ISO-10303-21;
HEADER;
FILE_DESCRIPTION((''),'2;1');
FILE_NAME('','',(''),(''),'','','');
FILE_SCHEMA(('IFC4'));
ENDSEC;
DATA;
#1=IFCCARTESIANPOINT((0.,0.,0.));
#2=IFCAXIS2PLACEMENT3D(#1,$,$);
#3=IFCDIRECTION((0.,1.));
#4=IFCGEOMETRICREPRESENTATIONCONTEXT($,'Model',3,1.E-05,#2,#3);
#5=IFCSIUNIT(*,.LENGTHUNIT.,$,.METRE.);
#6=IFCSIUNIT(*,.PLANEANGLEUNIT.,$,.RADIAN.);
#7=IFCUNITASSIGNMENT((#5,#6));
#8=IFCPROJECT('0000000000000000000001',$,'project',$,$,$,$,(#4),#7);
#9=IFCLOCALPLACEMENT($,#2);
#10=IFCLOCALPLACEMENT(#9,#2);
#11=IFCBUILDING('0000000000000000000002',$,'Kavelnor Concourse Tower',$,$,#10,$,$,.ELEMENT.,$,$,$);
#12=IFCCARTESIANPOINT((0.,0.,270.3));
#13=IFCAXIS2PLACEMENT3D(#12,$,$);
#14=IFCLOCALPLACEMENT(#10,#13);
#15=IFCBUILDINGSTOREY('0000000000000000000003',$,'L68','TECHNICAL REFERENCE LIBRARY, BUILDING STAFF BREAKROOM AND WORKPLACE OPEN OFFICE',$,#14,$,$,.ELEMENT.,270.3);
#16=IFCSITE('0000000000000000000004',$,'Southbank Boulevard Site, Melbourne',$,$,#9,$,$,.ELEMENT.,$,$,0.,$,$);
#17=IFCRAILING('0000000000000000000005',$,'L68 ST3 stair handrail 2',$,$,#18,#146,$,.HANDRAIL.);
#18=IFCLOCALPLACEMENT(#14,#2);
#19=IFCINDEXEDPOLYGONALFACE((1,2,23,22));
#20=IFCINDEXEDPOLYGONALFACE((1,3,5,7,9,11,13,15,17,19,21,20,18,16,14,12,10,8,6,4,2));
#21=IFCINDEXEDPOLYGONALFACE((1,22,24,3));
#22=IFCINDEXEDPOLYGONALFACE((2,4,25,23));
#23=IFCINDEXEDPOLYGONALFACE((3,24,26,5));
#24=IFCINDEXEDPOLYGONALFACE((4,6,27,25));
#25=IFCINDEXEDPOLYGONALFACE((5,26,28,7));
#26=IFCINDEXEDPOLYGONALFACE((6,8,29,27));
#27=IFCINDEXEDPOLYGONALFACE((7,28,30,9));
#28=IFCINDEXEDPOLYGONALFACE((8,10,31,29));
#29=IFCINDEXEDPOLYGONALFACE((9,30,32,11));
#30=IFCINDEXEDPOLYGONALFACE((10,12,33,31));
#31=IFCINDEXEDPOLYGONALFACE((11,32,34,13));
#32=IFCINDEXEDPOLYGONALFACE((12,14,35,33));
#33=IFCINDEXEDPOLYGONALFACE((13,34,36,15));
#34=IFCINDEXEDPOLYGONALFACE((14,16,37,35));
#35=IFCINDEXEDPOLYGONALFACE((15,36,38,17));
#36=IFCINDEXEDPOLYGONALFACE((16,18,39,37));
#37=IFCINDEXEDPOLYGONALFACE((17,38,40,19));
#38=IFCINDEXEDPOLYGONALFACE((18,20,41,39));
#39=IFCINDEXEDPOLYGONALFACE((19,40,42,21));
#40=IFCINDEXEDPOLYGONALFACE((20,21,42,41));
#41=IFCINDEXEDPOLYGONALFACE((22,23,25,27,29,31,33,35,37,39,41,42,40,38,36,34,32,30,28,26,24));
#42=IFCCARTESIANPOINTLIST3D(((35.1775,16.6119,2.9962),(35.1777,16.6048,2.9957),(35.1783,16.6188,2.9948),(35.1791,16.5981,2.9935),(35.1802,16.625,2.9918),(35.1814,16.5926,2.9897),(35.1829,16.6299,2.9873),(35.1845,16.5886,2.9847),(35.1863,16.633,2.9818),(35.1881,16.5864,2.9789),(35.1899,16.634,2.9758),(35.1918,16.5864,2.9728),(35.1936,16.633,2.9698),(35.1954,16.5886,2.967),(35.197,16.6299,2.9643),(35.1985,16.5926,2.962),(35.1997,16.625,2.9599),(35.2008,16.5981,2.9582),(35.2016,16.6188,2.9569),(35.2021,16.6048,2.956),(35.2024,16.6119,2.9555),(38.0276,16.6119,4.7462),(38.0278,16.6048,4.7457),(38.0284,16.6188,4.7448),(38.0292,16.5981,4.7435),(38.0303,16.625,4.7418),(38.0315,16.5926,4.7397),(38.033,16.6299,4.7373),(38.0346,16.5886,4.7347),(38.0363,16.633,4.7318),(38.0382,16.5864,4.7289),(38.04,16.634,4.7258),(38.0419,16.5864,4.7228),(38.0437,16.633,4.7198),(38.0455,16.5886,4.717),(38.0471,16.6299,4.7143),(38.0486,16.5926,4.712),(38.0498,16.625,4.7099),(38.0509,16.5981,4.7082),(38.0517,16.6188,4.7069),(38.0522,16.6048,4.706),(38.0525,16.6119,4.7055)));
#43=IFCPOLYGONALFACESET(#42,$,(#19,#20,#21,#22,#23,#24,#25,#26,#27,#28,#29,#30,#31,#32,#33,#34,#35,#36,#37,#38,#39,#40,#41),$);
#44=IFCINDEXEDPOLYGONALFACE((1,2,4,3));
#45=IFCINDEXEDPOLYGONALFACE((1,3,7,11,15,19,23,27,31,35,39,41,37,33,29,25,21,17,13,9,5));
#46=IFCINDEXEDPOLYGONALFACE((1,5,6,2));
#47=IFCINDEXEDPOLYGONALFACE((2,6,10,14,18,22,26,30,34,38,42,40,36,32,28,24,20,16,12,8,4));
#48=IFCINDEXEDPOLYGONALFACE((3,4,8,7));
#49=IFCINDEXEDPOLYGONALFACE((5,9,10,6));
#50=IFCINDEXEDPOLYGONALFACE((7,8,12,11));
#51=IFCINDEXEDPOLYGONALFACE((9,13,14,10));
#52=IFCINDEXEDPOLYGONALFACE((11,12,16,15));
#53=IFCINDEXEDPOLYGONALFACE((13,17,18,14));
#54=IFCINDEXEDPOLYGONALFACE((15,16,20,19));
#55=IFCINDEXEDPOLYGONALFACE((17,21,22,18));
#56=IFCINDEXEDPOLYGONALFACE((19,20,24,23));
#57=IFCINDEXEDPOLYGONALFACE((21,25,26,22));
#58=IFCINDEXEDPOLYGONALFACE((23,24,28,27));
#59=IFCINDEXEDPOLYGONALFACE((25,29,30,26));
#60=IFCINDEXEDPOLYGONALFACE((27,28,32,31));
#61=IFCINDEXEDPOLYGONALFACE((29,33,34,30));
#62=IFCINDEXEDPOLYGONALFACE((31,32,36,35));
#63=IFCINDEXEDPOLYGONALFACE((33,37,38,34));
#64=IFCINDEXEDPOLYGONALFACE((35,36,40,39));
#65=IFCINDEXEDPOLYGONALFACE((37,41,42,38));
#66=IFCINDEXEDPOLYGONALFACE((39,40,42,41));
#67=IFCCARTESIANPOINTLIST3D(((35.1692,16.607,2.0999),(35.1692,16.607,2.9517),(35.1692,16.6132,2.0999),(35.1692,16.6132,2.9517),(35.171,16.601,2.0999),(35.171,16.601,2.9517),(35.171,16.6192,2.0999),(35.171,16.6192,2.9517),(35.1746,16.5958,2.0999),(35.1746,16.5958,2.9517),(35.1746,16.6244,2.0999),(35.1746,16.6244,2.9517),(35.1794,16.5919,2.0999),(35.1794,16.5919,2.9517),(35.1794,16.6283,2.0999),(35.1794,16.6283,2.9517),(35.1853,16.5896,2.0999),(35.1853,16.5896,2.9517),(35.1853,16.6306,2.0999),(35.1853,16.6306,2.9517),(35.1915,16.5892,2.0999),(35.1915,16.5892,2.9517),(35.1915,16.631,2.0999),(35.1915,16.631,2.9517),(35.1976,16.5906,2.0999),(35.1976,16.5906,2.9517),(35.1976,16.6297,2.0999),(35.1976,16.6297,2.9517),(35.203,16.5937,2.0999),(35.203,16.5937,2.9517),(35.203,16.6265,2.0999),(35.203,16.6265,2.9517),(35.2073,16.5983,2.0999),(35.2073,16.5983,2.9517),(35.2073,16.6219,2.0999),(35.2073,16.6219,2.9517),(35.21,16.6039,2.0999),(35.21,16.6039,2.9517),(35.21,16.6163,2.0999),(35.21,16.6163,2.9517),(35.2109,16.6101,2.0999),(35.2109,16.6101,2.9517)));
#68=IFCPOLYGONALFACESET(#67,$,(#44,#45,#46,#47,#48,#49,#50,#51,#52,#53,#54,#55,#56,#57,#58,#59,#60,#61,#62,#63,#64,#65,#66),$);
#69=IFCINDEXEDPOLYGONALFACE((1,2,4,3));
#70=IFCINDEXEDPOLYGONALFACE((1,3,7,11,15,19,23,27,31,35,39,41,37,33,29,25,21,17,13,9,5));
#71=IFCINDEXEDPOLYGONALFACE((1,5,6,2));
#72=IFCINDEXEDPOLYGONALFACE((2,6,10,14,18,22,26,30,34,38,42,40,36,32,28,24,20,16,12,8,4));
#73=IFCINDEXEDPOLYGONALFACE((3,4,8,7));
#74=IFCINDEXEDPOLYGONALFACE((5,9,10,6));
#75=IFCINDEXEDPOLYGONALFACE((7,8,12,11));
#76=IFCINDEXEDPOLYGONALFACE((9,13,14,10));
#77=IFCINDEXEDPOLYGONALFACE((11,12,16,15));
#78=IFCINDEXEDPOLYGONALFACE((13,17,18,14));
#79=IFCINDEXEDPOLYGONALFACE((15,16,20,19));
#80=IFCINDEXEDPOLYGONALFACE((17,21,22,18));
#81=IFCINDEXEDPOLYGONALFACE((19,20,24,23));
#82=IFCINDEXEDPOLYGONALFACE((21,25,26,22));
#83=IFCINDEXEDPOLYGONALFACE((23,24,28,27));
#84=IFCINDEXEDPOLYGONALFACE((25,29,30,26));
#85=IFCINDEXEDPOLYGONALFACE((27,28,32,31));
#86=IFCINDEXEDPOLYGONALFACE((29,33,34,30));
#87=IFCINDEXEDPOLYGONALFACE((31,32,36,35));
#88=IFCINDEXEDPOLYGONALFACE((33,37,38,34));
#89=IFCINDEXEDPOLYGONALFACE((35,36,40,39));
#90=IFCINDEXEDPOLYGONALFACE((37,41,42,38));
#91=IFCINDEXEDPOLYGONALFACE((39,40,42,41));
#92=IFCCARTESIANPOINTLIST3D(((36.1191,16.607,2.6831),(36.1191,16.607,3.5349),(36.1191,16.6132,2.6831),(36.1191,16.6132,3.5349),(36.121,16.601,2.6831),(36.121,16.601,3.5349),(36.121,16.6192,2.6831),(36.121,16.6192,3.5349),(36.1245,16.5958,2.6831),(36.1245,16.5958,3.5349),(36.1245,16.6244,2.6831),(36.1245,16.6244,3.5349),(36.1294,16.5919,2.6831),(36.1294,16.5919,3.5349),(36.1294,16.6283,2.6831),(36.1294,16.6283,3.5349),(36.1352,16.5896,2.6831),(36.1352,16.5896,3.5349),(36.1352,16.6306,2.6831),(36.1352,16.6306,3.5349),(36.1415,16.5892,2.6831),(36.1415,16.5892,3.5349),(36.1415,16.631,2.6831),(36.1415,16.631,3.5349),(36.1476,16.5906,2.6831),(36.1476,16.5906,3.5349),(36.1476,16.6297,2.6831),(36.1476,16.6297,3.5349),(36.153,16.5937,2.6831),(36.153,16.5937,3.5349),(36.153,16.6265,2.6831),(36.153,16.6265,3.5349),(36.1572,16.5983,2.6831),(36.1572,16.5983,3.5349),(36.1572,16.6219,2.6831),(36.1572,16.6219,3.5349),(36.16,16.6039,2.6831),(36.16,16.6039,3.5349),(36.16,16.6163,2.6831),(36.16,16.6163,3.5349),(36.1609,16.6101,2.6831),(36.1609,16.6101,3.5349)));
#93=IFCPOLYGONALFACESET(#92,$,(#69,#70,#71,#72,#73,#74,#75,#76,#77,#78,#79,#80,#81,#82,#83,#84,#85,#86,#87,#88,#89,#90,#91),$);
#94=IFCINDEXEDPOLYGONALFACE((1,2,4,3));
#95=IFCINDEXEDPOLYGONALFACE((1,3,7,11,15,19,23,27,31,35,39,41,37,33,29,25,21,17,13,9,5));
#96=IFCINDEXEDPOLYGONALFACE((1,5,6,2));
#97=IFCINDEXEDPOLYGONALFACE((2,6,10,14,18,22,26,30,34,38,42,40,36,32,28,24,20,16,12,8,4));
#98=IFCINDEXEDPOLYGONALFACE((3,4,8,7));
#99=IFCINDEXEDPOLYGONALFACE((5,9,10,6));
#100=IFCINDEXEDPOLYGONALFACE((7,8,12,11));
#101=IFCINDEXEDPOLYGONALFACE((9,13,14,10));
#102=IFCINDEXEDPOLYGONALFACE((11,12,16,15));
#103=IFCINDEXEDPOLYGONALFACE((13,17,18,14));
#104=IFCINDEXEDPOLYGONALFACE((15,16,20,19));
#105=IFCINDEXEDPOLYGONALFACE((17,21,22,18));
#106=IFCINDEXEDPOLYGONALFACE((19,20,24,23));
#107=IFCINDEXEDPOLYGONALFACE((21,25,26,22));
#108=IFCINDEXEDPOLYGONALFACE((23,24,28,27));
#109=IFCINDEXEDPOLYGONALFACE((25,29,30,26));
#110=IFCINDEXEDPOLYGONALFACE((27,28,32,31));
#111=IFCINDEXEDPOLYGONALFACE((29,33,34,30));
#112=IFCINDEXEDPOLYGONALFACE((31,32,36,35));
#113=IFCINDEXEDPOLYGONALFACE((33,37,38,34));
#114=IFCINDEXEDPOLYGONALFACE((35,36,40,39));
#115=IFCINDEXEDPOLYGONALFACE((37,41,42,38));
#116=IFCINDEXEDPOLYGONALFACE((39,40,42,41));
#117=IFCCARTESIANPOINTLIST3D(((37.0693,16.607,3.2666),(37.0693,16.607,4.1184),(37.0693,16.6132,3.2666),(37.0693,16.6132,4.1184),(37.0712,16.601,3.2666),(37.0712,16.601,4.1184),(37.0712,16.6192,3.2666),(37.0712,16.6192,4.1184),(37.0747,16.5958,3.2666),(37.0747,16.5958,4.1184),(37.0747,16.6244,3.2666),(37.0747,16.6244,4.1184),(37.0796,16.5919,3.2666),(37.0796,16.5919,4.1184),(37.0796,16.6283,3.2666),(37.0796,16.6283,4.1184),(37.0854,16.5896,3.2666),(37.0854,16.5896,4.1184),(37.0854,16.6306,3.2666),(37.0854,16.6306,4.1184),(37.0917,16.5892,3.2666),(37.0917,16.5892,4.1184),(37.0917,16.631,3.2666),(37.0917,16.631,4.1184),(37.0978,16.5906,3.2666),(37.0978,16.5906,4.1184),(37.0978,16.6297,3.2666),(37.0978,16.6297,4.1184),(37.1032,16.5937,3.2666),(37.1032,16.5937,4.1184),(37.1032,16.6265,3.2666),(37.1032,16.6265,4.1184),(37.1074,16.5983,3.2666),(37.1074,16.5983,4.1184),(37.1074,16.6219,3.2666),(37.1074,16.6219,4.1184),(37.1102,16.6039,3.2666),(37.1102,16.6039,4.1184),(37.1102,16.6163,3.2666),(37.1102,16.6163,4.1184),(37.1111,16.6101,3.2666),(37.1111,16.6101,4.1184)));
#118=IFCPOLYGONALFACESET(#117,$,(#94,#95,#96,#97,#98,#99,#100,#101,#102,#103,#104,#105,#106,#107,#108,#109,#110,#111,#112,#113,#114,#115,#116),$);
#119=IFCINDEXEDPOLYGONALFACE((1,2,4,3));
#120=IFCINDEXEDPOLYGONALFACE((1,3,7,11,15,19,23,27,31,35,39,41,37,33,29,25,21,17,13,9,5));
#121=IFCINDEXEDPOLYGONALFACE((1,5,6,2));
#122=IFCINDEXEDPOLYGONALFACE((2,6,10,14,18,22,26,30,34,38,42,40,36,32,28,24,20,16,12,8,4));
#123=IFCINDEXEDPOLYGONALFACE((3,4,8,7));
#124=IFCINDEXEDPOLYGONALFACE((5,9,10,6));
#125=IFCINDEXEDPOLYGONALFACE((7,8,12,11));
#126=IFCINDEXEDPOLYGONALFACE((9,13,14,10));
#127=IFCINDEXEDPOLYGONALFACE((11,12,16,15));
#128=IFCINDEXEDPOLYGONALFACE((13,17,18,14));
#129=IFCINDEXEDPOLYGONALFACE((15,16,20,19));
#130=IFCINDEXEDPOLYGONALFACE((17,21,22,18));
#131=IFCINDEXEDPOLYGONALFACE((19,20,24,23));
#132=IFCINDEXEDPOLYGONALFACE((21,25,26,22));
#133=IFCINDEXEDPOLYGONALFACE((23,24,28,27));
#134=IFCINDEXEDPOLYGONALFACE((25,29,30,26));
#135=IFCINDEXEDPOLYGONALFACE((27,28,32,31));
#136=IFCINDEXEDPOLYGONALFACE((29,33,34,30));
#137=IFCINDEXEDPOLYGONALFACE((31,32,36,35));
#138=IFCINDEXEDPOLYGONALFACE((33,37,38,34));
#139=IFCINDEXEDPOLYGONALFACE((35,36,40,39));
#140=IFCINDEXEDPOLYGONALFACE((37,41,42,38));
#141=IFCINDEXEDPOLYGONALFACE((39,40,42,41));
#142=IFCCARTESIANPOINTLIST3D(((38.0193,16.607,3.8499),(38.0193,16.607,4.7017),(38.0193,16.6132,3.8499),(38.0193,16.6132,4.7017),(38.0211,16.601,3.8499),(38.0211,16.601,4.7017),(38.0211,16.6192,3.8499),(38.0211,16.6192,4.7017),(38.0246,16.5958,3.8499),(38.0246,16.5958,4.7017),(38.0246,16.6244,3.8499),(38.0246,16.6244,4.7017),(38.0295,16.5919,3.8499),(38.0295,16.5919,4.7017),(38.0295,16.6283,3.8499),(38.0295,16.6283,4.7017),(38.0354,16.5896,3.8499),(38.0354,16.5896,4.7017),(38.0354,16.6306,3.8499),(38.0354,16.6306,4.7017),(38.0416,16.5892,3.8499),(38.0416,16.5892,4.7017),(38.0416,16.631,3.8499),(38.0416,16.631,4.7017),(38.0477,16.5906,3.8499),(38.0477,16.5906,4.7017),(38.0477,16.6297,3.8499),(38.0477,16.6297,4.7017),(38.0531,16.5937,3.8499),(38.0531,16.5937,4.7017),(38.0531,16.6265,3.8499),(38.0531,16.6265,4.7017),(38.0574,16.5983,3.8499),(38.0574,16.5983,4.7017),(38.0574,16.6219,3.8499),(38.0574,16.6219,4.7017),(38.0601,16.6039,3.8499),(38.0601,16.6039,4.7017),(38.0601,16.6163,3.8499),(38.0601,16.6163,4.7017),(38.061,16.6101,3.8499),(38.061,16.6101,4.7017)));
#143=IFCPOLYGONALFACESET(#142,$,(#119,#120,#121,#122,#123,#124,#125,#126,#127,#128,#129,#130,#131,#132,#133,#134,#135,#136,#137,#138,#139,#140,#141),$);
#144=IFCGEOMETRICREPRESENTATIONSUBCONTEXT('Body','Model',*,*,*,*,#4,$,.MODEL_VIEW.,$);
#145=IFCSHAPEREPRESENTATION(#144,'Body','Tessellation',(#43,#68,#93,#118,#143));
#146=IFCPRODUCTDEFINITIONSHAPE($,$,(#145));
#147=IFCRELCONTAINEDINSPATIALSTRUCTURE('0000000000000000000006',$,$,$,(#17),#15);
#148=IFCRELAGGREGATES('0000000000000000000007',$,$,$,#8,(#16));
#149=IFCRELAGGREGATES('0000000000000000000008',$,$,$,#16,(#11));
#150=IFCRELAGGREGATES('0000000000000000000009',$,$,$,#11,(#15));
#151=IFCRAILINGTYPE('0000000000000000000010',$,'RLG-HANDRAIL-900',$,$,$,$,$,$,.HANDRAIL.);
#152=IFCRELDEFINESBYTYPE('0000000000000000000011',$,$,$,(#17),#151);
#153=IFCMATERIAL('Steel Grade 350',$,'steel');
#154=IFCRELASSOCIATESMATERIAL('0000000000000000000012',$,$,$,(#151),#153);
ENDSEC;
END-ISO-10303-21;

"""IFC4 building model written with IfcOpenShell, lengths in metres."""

from ifc_helpers import new_model, si_unit, direction, frame, origin, origin_2d, place, context, subcontext, project, spatial, circle, extrude, material, type_object, element, save


model = new_model("IFC4")

# Units and contexts
model_context = context("Model", 3, precision=1e-05, world=origin(), true_north=direction((0.0, 1.0)))
body_context = subcontext(model_context, "Body", "Model", "MODEL_VIEW")
ifc_project = project(units=[si_unit("LENGTHUNIT", "METRE"), si_unit("PLANEANGLEUNIT", "RADIAN")], contexts=[model_context])

# Site, building, storey
site_placement = place(None, origin())
site = spatial("IfcSite", under=ifc_project, at=site_placement, Name="Southbank Boulevard Site, Melbourne", CompositionType="ELEMENT", RefElevation=0.0)
building_placement = place(site_placement, origin())
building = spatial("IfcBuilding", under=site, at=building_placement, Name="Kavelnor Concourse Tower", CompositionType="ELEMENT")
storey_placement = place(building_placement, frame((0.0, 0.0, 270.3)))
storey = spatial("IfcBuildingStorey", under=building, at=storey_placement, Name="L68", Description="TECHNICAL REFERENCE LIBRARY, BUILDING STAFF BREAKROOM AND WORKPLACE OPEN OFFICE", CompositionType="ELEMENT", Elevation=270.3)

# Shared definitions
ifc_material_1 = material(Name="Steel Grade 350", Category="steel")

# Railing
railing_type_1 = type_object("IfcRailingType", Name="RLG-HANDRAIL-900", PredefinedType="HANDRAIL", material=ifc_material_1)
railing_1_placement = place(storey_placement, frame((35.1899, 16.6101, 2.0999)))
element("IfcRailing", 1, at=railing_1_placement, inside=storey, type_object=railing_type_1, Name="L68 ST3 stair handrail 2", PredefinedType="HANDRAIL", context=body_context, shape_type="SweptSolid", body=[
    extrude(circle(Radius=0.0239, at=origin_2d()), frame((0.0, 0.0, 0.876), z_axis=(0.852179, 0.0, 0.52325), x_axis=(0.0, 1.0, 0.0)), (0.0, 0.0, 1.0), 3.3445),
    extrude(circle(Radius=0.021, at=origin_2d()), origin(), (0.0, 0.0, 1.0), 0.8518),
    extrude(circle(Radius=0.021, at=origin_2d()), frame((0.95, 0.0, 0.5833)), (0.0, 0.0, 1.0), 0.8518),
    extrude(circle(Radius=0.021, at=origin_2d()), frame((1.9001, 0.0, 1.1667)), (0.0, 0.0, 1.0), 0.8518),
    extrude(circle(Radius=0.021, at=origin_2d()), frame((2.8501, 0.0, 1.75)), (0.0, 0.0, 1.0), 0.8518),
])

save(model, "model.ifc")
